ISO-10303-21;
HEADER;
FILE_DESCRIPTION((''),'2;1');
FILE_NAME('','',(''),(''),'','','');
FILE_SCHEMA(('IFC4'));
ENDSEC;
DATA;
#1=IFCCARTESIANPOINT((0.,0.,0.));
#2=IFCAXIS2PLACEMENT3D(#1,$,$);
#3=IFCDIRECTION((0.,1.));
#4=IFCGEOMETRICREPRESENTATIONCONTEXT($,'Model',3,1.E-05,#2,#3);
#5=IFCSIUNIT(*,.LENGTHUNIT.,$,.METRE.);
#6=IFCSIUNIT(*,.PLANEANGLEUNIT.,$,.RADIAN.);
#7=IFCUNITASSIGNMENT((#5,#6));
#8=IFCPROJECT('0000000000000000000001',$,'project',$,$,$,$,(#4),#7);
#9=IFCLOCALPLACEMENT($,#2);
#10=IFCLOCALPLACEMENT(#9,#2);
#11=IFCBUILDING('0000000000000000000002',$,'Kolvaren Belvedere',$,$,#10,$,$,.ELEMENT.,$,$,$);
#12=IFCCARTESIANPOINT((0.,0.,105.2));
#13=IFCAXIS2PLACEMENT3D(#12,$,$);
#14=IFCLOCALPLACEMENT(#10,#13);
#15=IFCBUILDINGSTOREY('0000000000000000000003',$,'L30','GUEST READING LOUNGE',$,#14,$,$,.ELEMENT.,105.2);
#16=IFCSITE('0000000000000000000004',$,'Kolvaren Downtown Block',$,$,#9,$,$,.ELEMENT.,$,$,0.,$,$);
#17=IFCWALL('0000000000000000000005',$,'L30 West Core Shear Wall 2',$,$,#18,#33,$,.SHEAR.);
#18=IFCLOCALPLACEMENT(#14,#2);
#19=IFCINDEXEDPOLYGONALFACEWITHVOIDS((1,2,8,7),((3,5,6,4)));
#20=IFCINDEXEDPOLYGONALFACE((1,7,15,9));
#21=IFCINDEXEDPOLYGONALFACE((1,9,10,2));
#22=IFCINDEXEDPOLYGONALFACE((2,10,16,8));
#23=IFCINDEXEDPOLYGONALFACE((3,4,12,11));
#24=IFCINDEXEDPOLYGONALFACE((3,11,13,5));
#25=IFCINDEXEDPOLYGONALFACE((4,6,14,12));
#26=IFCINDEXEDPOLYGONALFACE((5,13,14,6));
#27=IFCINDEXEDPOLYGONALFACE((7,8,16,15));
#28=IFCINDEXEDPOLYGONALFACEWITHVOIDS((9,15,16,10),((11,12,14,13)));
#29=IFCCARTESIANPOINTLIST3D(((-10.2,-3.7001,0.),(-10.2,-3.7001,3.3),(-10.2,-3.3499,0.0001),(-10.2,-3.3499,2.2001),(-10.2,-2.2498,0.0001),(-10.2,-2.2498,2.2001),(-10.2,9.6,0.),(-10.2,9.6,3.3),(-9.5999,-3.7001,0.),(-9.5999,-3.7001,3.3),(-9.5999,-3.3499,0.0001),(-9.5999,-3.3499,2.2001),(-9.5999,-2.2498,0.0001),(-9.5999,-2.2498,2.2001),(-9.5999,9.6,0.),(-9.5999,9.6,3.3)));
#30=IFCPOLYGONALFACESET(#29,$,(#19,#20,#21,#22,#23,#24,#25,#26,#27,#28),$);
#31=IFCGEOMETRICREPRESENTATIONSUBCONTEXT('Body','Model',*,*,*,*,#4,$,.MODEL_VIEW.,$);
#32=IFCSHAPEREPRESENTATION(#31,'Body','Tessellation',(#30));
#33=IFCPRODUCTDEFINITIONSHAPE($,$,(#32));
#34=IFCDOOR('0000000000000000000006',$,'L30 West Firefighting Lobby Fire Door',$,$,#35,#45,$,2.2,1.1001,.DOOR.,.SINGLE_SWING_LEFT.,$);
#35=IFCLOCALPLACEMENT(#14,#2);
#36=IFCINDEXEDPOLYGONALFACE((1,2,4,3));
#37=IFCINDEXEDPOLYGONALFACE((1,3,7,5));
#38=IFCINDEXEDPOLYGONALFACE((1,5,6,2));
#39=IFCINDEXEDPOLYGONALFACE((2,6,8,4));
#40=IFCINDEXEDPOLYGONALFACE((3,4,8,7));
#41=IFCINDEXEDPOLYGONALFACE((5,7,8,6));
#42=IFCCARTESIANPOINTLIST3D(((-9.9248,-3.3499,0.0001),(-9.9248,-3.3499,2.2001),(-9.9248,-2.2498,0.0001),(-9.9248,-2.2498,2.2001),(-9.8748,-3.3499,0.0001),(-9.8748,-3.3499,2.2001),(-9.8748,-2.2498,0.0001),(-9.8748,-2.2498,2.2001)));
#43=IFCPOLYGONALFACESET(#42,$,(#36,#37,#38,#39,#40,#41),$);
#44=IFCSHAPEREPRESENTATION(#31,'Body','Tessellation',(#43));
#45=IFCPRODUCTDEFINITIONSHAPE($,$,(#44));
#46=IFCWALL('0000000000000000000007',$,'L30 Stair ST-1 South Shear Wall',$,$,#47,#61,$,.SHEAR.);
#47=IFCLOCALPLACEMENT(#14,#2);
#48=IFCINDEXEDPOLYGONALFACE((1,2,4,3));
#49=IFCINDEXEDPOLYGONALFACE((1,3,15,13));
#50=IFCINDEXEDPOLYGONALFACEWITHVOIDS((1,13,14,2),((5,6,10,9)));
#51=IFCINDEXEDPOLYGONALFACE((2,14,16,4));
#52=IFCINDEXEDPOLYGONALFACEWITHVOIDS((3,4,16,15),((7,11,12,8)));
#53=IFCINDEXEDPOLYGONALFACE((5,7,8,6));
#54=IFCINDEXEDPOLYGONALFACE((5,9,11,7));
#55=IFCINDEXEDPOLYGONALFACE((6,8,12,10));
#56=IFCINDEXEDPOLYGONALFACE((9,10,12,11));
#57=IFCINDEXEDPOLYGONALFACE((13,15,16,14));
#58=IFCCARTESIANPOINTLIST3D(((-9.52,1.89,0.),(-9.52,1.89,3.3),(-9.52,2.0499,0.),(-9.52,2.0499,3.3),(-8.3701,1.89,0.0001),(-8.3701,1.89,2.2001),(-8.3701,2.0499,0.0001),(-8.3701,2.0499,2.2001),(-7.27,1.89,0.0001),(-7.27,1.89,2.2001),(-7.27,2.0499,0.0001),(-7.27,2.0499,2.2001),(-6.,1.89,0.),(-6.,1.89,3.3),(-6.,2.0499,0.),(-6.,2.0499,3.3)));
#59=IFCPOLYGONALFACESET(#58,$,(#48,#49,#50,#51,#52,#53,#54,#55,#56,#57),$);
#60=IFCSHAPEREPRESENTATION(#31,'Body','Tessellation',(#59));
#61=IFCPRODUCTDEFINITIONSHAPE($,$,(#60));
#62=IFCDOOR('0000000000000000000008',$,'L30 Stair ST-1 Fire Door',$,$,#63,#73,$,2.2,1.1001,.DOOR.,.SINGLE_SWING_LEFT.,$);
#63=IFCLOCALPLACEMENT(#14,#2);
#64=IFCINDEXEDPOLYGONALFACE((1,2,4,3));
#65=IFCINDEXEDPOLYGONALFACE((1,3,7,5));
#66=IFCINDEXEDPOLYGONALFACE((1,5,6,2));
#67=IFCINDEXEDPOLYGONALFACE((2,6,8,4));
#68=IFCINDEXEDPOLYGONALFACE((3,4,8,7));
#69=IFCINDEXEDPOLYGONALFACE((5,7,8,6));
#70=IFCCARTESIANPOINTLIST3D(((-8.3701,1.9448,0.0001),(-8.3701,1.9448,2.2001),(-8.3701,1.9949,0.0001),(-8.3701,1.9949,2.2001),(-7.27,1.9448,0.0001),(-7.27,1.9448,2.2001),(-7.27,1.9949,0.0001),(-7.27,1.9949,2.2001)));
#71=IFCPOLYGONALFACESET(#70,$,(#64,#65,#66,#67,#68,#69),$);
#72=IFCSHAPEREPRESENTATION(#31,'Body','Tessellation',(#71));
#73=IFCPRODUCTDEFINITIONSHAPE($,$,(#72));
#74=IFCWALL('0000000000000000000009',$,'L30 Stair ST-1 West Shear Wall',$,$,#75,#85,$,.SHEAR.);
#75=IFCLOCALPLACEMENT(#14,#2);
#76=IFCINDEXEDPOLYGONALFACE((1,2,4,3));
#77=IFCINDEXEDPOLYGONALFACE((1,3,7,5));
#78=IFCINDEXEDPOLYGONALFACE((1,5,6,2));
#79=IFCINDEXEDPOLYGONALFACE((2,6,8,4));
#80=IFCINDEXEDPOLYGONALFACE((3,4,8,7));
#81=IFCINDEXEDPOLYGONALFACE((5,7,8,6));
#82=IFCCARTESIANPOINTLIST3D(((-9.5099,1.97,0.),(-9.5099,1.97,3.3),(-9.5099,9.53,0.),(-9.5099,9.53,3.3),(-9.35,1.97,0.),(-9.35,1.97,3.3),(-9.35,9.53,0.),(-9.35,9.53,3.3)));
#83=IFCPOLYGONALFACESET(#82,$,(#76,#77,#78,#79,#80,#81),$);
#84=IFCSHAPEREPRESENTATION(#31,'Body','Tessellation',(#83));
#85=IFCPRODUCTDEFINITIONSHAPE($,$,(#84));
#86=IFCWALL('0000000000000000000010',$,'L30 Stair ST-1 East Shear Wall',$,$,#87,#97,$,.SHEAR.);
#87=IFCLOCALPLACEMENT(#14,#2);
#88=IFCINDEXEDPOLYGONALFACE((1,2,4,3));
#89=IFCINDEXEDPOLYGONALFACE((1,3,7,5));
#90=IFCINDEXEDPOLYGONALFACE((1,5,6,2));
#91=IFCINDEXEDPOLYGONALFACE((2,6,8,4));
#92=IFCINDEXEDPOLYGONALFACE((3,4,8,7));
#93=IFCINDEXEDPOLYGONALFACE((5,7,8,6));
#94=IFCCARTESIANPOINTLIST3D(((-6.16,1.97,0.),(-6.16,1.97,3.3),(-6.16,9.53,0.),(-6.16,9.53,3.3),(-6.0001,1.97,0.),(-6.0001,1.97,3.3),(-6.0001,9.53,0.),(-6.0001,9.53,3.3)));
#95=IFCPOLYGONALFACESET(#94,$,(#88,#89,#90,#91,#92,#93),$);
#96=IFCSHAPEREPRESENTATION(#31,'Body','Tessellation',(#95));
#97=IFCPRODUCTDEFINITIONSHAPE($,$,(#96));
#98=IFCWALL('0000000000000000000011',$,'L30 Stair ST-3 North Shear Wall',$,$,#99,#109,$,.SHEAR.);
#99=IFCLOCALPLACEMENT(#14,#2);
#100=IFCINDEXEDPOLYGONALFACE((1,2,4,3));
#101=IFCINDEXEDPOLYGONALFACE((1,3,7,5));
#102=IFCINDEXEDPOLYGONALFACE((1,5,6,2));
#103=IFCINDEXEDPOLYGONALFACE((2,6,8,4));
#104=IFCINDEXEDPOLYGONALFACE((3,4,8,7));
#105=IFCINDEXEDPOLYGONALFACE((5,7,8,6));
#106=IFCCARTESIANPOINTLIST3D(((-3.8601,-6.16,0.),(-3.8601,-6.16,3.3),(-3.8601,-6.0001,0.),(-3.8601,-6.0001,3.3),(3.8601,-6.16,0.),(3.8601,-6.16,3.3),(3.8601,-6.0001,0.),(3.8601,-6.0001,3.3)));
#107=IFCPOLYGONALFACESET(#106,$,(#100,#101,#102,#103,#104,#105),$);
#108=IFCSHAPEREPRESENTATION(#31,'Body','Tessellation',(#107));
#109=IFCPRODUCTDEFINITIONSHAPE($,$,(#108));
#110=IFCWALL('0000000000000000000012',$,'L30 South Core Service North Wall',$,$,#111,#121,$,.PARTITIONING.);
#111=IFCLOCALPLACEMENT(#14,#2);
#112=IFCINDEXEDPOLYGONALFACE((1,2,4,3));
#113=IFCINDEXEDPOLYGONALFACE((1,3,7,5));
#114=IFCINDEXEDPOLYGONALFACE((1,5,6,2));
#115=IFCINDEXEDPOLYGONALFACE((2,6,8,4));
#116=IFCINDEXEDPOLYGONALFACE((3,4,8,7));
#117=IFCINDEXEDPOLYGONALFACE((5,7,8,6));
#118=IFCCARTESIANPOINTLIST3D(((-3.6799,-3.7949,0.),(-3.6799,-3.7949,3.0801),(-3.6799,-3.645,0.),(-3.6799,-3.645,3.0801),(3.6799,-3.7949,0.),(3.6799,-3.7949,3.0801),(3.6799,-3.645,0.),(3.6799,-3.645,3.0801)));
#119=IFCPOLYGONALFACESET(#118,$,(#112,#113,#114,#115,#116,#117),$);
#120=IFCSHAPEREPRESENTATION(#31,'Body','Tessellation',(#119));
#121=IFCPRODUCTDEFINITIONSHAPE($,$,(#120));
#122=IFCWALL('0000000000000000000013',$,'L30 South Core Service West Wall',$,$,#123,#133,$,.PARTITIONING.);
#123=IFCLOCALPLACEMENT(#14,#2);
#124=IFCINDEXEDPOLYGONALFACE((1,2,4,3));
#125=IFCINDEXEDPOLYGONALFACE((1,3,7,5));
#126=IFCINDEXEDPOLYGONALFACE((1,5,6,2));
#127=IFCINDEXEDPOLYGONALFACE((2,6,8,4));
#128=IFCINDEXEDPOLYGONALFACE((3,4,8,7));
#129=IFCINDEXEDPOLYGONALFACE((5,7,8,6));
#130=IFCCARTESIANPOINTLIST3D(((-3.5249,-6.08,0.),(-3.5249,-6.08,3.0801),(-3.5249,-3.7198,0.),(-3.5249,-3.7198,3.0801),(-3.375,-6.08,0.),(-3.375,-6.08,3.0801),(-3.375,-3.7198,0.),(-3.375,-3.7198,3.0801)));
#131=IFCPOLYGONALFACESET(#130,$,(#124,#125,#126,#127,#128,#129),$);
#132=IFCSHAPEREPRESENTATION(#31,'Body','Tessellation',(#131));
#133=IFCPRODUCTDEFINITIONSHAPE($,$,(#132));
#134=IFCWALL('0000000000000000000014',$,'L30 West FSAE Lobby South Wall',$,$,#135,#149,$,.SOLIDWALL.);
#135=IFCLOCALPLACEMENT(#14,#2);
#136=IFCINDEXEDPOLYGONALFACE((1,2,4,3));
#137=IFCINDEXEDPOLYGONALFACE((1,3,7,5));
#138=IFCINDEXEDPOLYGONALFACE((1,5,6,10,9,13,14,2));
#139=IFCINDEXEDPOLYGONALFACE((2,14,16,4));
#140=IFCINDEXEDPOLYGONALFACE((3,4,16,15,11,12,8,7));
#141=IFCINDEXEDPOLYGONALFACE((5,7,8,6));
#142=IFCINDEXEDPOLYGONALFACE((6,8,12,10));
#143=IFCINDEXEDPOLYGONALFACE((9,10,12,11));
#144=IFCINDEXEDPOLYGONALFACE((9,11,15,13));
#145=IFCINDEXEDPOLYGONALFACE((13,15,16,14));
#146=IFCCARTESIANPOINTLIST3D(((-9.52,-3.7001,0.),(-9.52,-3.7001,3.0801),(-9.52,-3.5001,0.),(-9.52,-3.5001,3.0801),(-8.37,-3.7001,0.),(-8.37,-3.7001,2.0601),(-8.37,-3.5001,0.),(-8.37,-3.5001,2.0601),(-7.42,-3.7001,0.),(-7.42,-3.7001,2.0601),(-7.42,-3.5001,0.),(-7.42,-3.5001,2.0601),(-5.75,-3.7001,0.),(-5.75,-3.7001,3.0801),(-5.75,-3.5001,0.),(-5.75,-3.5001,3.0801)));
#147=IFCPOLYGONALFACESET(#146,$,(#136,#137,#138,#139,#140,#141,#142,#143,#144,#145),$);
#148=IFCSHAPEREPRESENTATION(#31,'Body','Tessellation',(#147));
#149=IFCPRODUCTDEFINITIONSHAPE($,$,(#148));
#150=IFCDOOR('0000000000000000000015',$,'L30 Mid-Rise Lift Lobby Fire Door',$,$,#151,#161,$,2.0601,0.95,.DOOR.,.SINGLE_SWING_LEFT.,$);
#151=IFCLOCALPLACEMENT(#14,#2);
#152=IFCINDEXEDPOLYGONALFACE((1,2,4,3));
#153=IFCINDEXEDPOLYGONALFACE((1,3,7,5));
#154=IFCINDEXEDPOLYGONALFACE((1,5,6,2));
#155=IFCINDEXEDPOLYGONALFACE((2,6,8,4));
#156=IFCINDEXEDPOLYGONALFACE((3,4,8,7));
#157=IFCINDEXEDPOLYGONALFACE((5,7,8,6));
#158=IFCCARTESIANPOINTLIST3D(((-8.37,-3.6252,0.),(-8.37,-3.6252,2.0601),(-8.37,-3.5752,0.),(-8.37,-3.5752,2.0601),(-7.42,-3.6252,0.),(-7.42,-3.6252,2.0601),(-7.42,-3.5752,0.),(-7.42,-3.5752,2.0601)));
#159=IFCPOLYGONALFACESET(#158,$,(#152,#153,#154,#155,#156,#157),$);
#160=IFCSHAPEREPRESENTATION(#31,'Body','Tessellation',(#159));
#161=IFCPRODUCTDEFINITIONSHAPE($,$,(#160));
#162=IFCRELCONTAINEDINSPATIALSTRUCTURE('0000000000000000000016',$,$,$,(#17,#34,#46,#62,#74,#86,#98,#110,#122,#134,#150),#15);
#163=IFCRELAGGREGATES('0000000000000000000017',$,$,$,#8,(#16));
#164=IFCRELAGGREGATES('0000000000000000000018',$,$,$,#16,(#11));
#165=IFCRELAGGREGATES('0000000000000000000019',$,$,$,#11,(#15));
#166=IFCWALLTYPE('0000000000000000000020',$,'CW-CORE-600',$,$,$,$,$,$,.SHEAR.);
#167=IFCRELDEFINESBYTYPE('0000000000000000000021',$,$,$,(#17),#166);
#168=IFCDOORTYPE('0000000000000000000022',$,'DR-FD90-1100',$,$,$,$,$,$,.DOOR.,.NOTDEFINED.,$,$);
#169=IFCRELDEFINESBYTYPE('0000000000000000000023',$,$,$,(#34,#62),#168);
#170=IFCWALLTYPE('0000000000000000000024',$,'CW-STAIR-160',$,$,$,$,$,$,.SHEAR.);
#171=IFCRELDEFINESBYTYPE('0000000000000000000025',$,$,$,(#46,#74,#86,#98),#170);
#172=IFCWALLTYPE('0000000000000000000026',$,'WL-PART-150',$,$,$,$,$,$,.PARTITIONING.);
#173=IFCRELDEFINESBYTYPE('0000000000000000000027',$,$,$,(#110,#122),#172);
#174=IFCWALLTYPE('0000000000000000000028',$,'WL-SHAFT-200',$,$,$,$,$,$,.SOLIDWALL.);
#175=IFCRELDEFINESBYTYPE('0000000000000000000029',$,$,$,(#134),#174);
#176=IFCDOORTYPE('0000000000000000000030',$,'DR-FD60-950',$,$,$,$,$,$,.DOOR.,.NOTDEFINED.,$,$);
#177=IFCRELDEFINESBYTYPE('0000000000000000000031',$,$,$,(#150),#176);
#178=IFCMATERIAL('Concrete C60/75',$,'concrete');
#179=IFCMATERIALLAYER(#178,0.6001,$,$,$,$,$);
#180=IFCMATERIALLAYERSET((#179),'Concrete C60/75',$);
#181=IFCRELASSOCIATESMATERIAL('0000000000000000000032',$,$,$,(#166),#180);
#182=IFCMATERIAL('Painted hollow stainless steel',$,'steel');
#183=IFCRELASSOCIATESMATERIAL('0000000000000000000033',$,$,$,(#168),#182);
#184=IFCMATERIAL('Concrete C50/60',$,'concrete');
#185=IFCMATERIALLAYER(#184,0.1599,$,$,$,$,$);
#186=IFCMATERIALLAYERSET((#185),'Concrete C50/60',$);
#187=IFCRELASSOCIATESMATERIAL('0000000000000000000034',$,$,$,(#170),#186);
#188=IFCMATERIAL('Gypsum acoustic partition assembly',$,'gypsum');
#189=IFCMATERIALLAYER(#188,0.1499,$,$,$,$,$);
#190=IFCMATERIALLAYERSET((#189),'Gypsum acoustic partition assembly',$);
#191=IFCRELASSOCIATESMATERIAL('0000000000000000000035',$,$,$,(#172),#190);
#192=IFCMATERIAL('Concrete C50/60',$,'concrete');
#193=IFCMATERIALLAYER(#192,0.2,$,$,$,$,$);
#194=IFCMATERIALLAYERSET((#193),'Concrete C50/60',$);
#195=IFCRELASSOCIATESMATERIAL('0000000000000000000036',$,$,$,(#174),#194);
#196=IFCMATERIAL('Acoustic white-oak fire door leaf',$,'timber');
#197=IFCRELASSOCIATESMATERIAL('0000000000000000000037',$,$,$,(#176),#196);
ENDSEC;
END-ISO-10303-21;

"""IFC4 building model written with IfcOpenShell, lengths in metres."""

from ifc_helpers import new_model, si_unit, direction, frame, frame_2d, origin, place, context, subcontext, project, spatial, rectangle, extrude, material, layer, layer_set, type_object, element, fill, save


model = new_model("IFC4")

# Units and contexts
model_context = context("Model", 3, precision=1e-05, world=origin(), true_north=direction((0.0, 1.0)))
body_context = subcontext(model_context, "Body", "Model", "MODEL_VIEW")
ifc_project = project(units=[si_unit("LENGTHUNIT", "METRE"), si_unit("PLANEANGLEUNIT", "RADIAN")], contexts=[model_context])

# Site, building, storey
site_placement = place(None, origin())
site = spatial("IfcSite", under=ifc_project, at=site_placement, Name="Kolvaren Downtown Block", CompositionType="ELEMENT", RefElevation=0.0)
building_placement = place(site_placement, origin())
building = spatial("IfcBuilding", under=site, at=building_placement, Name="Kolvaren Belvedere", CompositionType="ELEMENT")
storey_placement = place(building_placement, frame((0.0, 0.0, 105.2)))
storey = spatial("IfcBuildingStorey", under=building, at=storey_placement, Name="L30", Description="GUEST READING LOUNGE", CompositionType="ELEMENT", Elevation=105.2)

# Walls, openings, doors
ifc_material_1 = material(Name="Concrete C60/75", Category="concrete")
ifc_layer_1 = layer(ifc_material_1, 0.6001)
ifc_layer_set_1 = layer_set([ifc_layer_1], Name="Concrete C60/75")
wall_type_1 = type_object("IfcWallType", Name="CW-CORE-600", PredefinedType="SHEAR", material=ifc_layer_set_1)
wall_1_placement = place(storey_placement, frame((-9.8999, -3.7, 0.0), z_axis=(0.0, 0.0, 1.0), x_axis=(0.0, 1.0, 0.0)))
wall_1 = element("IfcWall", 1, at=wall_1_placement, inside=storey, type_object=wall_type_1, Name="L30 West Core Shear Wall 2", PredefinedType="SHEAR", context=body_context, shape_type="SweptSolid", body=[
    extrude(rectangle(XDim=13.3, YDim=0.6001, at=frame_2d((6.6499, 0.0))), origin(), (0.0, 0.0, 1.0), 3.3),
])
opening_1_placement = place(wall_1_placement, frame((0.3501, 0.0, 0.0)))
opening_1 = element("IfcOpeningElement", 2, at=opening_1_placement, cuts=wall_1, PredefinedType="OPENING", context=body_context, shape_type="SweptSolid", body=[
    extrude(rectangle(XDim=1.1001, YDim=2.2, at=frame_2d((0.55, 1.1001))), frame((0.0, 0.3101, 0.0), z_axis=(0.0, -1.0, 0.0), x_axis=(1.0, 0.0, 0.0)), (0.0, 0.0, 1.0), 0.6201),
])
ifc_material_2 = material(Name="Painted hollow stainless steel", Category="steel")
door_type_1 = type_object("IfcDoorType", Name="DR-FD90-1100", OperationType="NOTDEFINED", PredefinedType="DOOR", material=ifc_material_2)
door_1_placement = place(opening_1_placement, origin())
door_1 = element("IfcDoor", 3, at=door_1_placement, inside=storey, type_object=door_type_1, Name="L30 West Firefighting Lobby Fire Door", OperationType="SINGLE_SWING_LEFT", OverallHeight=2.2, OverallWidth=1.1001, PredefinedType="DOOR", context=body_context, shape_type="SweptSolid", body=[
    extrude(rectangle(XDim=1.1001, YDim=2.2, at=frame_2d((0.55, 1.1001))), frame((0.0, 0.0249, 0.0), z_axis=(0.0, -1.0, 0.0), x_axis=(1.0, 0.0, 0.0)), (0.0, 0.0, 1.0), 0.05),
])
fill(opening_1, door_1)
ifc_material_3 = material(Name="Concrete C50/60", Category="concrete")
ifc_layer_2 = layer(ifc_material_3, 0.1599)
ifc_layer_set_2 = layer_set([ifc_layer_2], Name="Concrete C50/60")
wall_type_2 = type_object("IfcWallType", Name="CW-STAIR-160", PredefinedType="SHEAR", material=ifc_layer_set_2)
wall_2_placement = place(storey_placement, frame((-9.52, 1.97, 0.0), z_axis=(0.0, 0.0, 1.0), x_axis=(1.0, 0.0, 0.0)))
wall_2 = element("IfcWall", 4, at=wall_2_placement, inside=storey, type_object=wall_type_2, Name="L30 Stair ST-1 South Shear Wall", PredefinedType="SHEAR", context=body_context, shape_type="SweptSolid", body=[
    extrude(rectangle(XDim=3.52, YDim=0.1599, at=frame_2d((1.76, 0.0))), origin(), (0.0, 0.0, 1.0), 3.3),
])
opening_2_placement = place(wall_2_placement, frame((1.1499, 0.0, 0.0)))
opening_2 = element("IfcOpeningElement", 5, at=opening_2_placement, cuts=wall_2, PredefinedType="OPENING", context=body_context, shape_type="SweptSolid", body=[
    extrude(rectangle(XDim=1.1001, YDim=2.2, at=frame_2d((0.55, 1.1001))), frame((0.0, 0.0898, 0.0), z_axis=(0.0, -1.0, 0.0), x_axis=(1.0, 0.0, 0.0)), (0.0, 0.0, 1.0), 0.1799),
])
door_2_placement = place(opening_2_placement, origin())
door_2 = element("IfcDoor", 6, at=door_2_placement, inside=storey, type_object=door_type_1, Name="L30 Stair ST-1 Fire Door", OperationType="SINGLE_SWING_LEFT", OverallHeight=2.2, OverallWidth=1.1001, PredefinedType="DOOR", context=body_context, shape_type="SweptSolid", body=[
    extrude(rectangle(XDim=1.1001, YDim=2.2, at=frame_2d((0.55, 1.1001))), frame((0.0, 0.0249, 0.0), z_axis=(0.0, -1.0, 0.0), x_axis=(1.0, 0.0, 0.0)), (0.0, 0.0, 1.0), 0.05),
])
fill(opening_2, door_2)

# Walls
for number, where, z_axis, x_axis, name in (
    (7, (-9.4299, 1.97, 0.0), (0.0, 0.0, 1.0), (0.0, 1.0, 0.0), "L30 Stair ST-1 West Shear Wall"),
    (8, (-6.0801, 1.97, 0.0), (0.0, 0.0, 1.0), (0.0, 1.0, 0.0), "L30 Stair ST-1 East Shear Wall"),
):
    element("IfcWall", number, at=place(storey_placement, frame(where, z_axis=z_axis, x_axis=x_axis)), inside=storey, type_object=wall_type_2, Name=name, PredefinedType="SHEAR", context=body_context, shape_type="SweptSolid", body=[
        extrude(rectangle(XDim=7.5601, YDim=0.1599, at=frame_2d((3.78, 0.0))), origin(), (0.0, 0.0, 1.0), 3.3),
    ])
wall_3_placement = place(storey_placement, frame((-3.8601, -6.0801, 0.0), z_axis=(0.0, 0.0, 1.0), x_axis=(1.0, 0.0, 0.0)))
element("IfcWall", 9, at=wall_3_placement, inside=storey, type_object=wall_type_2, Name="L30 Stair ST-3 North Shear Wall", PredefinedType="SHEAR", context=body_context, shape_type="SweptSolid", body=[
    extrude(rectangle(XDim=7.7202, YDim=0.1599, at=frame_2d((3.8601, 0.0))), origin(), (0.0, 0.0, 1.0), 3.3),
])
ifc_material_4 = material(Name="Gypsum acoustic partition assembly", Category="gypsum")
ifc_layer_3 = layer(ifc_material_4, 0.1499)
ifc_layer_set_3 = layer_set([ifc_layer_3], Name="Gypsum acoustic partition assembly")
wall_type_3 = type_object("IfcWallType", Name="WL-PART-150", PredefinedType="PARTITIONING", material=ifc_layer_set_3)
wall_4_placement = place(storey_placement, frame((-3.6799, -3.72, 0.0), z_axis=(0.0, 0.0, 1.0), x_axis=(1.0, 0.0, 0.0)))
element("IfcWall", 10, at=wall_4_placement, inside=storey, type_object=wall_type_3, Name="L30 South Core Service North Wall", PredefinedType="PARTITIONING", context=body_context, shape_type="SweptSolid", body=[
    extrude(rectangle(XDim=7.3599, YDim=0.1499, at=frame_2d((3.6799, 0.0))), origin(), (0.0, 0.0, 1.0), 3.0801),
])
wall_5_placement = place(storey_placement, frame((-3.45, -6.0801, 0.0), z_axis=(0.0, 0.0, 1.0), x_axis=(0.0, 1.0, 0.0)))
element("IfcWall", 11, at=wall_5_placement, inside=storey, type_object=wall_type_3, Name="L30 South Core Service West Wall", PredefinedType="PARTITIONING", context=body_context, shape_type="SweptSolid", body=[
    extrude(rectangle(XDim=2.3601, YDim=0.1499, at=frame_2d((1.1802, 0.0))), origin(), (0.0, 0.0, 1.0), 3.0801),
])

# Wall, opening, door
ifc_material_5 = material(Name="Concrete C50/60", Category="concrete")
ifc_layer_4 = layer(ifc_material_5, 0.2)
ifc_layer_set_4 = layer_set([ifc_layer_4], Name="Concrete C50/60")
wall_type_4 = type_object("IfcWallType", Name="WL-SHAFT-200", PredefinedType="SOLIDWALL", material=ifc_layer_set_4)
wall_6_placement = place(storey_placement, frame((-9.52, -3.6001, 0.0), z_axis=(0.0, 0.0, 1.0), x_axis=(1.0, 0.0, 0.0)))
wall_6 = element("IfcWall", 12, at=wall_6_placement, inside=storey, type_object=wall_type_4, Name="L30 West FSAE Lobby South Wall", PredefinedType="SOLIDWALL", context=body_context, shape_type="SweptSolid", body=[
    extrude(rectangle(XDim=3.77, YDim=0.2, at=frame_2d((1.885, 0.0))), origin(), (0.0, 0.0, 1.0), 3.0801),
])
opening_3_placement = place(wall_6_placement, frame((1.1499, 0.0, 0.0)))
opening_3 = element("IfcOpeningElement", 13, at=opening_3_placement, cuts=wall_6, PredefinedType="OPENING", context=body_context, shape_type="SweptSolid", body=[
    extrude(rectangle(XDim=0.95, YDim=2.0601, at=frame_2d((0.4751, 1.03))), frame((0.0, 0.1099, 0.0), z_axis=(0.0, -1.0, 0.0), x_axis=(1.0, 0.0, 0.0)), (0.0, 0.0, 1.0), 0.22),
])
ifc_material_6 = material(Name="Acoustic white-oak fire door leaf", Category="timber")
door_type_2 = type_object("IfcDoorType", Name="DR-FD60-950", OperationType="NOTDEFINED", PredefinedType="DOOR", material=ifc_material_6)
door_3_placement = place(opening_3_placement, origin())
door_3 = element("IfcDoor", 14, at=door_3_placement, inside=storey, type_object=door_type_2, Name="L30 Mid-Rise Lift Lobby Fire Door", OperationType="SINGLE_SWING_LEFT", OverallHeight=2.0601, OverallWidth=0.95, PredefinedType="DOOR", context=body_context, shape_type="SweptSolid", body=[
    extrude(rectangle(XDim=0.95, YDim=2.0601, at=frame_2d((0.4751, 1.03))), frame((0.0, 0.0249, 0.0), z_axis=(0.0, -1.0, 0.0), x_axis=(1.0, 0.0, 0.0)), (0.0, 0.0, 1.0), 0.05),
])
fill(opening_3, door_3)

save(model, "model.ifc")
